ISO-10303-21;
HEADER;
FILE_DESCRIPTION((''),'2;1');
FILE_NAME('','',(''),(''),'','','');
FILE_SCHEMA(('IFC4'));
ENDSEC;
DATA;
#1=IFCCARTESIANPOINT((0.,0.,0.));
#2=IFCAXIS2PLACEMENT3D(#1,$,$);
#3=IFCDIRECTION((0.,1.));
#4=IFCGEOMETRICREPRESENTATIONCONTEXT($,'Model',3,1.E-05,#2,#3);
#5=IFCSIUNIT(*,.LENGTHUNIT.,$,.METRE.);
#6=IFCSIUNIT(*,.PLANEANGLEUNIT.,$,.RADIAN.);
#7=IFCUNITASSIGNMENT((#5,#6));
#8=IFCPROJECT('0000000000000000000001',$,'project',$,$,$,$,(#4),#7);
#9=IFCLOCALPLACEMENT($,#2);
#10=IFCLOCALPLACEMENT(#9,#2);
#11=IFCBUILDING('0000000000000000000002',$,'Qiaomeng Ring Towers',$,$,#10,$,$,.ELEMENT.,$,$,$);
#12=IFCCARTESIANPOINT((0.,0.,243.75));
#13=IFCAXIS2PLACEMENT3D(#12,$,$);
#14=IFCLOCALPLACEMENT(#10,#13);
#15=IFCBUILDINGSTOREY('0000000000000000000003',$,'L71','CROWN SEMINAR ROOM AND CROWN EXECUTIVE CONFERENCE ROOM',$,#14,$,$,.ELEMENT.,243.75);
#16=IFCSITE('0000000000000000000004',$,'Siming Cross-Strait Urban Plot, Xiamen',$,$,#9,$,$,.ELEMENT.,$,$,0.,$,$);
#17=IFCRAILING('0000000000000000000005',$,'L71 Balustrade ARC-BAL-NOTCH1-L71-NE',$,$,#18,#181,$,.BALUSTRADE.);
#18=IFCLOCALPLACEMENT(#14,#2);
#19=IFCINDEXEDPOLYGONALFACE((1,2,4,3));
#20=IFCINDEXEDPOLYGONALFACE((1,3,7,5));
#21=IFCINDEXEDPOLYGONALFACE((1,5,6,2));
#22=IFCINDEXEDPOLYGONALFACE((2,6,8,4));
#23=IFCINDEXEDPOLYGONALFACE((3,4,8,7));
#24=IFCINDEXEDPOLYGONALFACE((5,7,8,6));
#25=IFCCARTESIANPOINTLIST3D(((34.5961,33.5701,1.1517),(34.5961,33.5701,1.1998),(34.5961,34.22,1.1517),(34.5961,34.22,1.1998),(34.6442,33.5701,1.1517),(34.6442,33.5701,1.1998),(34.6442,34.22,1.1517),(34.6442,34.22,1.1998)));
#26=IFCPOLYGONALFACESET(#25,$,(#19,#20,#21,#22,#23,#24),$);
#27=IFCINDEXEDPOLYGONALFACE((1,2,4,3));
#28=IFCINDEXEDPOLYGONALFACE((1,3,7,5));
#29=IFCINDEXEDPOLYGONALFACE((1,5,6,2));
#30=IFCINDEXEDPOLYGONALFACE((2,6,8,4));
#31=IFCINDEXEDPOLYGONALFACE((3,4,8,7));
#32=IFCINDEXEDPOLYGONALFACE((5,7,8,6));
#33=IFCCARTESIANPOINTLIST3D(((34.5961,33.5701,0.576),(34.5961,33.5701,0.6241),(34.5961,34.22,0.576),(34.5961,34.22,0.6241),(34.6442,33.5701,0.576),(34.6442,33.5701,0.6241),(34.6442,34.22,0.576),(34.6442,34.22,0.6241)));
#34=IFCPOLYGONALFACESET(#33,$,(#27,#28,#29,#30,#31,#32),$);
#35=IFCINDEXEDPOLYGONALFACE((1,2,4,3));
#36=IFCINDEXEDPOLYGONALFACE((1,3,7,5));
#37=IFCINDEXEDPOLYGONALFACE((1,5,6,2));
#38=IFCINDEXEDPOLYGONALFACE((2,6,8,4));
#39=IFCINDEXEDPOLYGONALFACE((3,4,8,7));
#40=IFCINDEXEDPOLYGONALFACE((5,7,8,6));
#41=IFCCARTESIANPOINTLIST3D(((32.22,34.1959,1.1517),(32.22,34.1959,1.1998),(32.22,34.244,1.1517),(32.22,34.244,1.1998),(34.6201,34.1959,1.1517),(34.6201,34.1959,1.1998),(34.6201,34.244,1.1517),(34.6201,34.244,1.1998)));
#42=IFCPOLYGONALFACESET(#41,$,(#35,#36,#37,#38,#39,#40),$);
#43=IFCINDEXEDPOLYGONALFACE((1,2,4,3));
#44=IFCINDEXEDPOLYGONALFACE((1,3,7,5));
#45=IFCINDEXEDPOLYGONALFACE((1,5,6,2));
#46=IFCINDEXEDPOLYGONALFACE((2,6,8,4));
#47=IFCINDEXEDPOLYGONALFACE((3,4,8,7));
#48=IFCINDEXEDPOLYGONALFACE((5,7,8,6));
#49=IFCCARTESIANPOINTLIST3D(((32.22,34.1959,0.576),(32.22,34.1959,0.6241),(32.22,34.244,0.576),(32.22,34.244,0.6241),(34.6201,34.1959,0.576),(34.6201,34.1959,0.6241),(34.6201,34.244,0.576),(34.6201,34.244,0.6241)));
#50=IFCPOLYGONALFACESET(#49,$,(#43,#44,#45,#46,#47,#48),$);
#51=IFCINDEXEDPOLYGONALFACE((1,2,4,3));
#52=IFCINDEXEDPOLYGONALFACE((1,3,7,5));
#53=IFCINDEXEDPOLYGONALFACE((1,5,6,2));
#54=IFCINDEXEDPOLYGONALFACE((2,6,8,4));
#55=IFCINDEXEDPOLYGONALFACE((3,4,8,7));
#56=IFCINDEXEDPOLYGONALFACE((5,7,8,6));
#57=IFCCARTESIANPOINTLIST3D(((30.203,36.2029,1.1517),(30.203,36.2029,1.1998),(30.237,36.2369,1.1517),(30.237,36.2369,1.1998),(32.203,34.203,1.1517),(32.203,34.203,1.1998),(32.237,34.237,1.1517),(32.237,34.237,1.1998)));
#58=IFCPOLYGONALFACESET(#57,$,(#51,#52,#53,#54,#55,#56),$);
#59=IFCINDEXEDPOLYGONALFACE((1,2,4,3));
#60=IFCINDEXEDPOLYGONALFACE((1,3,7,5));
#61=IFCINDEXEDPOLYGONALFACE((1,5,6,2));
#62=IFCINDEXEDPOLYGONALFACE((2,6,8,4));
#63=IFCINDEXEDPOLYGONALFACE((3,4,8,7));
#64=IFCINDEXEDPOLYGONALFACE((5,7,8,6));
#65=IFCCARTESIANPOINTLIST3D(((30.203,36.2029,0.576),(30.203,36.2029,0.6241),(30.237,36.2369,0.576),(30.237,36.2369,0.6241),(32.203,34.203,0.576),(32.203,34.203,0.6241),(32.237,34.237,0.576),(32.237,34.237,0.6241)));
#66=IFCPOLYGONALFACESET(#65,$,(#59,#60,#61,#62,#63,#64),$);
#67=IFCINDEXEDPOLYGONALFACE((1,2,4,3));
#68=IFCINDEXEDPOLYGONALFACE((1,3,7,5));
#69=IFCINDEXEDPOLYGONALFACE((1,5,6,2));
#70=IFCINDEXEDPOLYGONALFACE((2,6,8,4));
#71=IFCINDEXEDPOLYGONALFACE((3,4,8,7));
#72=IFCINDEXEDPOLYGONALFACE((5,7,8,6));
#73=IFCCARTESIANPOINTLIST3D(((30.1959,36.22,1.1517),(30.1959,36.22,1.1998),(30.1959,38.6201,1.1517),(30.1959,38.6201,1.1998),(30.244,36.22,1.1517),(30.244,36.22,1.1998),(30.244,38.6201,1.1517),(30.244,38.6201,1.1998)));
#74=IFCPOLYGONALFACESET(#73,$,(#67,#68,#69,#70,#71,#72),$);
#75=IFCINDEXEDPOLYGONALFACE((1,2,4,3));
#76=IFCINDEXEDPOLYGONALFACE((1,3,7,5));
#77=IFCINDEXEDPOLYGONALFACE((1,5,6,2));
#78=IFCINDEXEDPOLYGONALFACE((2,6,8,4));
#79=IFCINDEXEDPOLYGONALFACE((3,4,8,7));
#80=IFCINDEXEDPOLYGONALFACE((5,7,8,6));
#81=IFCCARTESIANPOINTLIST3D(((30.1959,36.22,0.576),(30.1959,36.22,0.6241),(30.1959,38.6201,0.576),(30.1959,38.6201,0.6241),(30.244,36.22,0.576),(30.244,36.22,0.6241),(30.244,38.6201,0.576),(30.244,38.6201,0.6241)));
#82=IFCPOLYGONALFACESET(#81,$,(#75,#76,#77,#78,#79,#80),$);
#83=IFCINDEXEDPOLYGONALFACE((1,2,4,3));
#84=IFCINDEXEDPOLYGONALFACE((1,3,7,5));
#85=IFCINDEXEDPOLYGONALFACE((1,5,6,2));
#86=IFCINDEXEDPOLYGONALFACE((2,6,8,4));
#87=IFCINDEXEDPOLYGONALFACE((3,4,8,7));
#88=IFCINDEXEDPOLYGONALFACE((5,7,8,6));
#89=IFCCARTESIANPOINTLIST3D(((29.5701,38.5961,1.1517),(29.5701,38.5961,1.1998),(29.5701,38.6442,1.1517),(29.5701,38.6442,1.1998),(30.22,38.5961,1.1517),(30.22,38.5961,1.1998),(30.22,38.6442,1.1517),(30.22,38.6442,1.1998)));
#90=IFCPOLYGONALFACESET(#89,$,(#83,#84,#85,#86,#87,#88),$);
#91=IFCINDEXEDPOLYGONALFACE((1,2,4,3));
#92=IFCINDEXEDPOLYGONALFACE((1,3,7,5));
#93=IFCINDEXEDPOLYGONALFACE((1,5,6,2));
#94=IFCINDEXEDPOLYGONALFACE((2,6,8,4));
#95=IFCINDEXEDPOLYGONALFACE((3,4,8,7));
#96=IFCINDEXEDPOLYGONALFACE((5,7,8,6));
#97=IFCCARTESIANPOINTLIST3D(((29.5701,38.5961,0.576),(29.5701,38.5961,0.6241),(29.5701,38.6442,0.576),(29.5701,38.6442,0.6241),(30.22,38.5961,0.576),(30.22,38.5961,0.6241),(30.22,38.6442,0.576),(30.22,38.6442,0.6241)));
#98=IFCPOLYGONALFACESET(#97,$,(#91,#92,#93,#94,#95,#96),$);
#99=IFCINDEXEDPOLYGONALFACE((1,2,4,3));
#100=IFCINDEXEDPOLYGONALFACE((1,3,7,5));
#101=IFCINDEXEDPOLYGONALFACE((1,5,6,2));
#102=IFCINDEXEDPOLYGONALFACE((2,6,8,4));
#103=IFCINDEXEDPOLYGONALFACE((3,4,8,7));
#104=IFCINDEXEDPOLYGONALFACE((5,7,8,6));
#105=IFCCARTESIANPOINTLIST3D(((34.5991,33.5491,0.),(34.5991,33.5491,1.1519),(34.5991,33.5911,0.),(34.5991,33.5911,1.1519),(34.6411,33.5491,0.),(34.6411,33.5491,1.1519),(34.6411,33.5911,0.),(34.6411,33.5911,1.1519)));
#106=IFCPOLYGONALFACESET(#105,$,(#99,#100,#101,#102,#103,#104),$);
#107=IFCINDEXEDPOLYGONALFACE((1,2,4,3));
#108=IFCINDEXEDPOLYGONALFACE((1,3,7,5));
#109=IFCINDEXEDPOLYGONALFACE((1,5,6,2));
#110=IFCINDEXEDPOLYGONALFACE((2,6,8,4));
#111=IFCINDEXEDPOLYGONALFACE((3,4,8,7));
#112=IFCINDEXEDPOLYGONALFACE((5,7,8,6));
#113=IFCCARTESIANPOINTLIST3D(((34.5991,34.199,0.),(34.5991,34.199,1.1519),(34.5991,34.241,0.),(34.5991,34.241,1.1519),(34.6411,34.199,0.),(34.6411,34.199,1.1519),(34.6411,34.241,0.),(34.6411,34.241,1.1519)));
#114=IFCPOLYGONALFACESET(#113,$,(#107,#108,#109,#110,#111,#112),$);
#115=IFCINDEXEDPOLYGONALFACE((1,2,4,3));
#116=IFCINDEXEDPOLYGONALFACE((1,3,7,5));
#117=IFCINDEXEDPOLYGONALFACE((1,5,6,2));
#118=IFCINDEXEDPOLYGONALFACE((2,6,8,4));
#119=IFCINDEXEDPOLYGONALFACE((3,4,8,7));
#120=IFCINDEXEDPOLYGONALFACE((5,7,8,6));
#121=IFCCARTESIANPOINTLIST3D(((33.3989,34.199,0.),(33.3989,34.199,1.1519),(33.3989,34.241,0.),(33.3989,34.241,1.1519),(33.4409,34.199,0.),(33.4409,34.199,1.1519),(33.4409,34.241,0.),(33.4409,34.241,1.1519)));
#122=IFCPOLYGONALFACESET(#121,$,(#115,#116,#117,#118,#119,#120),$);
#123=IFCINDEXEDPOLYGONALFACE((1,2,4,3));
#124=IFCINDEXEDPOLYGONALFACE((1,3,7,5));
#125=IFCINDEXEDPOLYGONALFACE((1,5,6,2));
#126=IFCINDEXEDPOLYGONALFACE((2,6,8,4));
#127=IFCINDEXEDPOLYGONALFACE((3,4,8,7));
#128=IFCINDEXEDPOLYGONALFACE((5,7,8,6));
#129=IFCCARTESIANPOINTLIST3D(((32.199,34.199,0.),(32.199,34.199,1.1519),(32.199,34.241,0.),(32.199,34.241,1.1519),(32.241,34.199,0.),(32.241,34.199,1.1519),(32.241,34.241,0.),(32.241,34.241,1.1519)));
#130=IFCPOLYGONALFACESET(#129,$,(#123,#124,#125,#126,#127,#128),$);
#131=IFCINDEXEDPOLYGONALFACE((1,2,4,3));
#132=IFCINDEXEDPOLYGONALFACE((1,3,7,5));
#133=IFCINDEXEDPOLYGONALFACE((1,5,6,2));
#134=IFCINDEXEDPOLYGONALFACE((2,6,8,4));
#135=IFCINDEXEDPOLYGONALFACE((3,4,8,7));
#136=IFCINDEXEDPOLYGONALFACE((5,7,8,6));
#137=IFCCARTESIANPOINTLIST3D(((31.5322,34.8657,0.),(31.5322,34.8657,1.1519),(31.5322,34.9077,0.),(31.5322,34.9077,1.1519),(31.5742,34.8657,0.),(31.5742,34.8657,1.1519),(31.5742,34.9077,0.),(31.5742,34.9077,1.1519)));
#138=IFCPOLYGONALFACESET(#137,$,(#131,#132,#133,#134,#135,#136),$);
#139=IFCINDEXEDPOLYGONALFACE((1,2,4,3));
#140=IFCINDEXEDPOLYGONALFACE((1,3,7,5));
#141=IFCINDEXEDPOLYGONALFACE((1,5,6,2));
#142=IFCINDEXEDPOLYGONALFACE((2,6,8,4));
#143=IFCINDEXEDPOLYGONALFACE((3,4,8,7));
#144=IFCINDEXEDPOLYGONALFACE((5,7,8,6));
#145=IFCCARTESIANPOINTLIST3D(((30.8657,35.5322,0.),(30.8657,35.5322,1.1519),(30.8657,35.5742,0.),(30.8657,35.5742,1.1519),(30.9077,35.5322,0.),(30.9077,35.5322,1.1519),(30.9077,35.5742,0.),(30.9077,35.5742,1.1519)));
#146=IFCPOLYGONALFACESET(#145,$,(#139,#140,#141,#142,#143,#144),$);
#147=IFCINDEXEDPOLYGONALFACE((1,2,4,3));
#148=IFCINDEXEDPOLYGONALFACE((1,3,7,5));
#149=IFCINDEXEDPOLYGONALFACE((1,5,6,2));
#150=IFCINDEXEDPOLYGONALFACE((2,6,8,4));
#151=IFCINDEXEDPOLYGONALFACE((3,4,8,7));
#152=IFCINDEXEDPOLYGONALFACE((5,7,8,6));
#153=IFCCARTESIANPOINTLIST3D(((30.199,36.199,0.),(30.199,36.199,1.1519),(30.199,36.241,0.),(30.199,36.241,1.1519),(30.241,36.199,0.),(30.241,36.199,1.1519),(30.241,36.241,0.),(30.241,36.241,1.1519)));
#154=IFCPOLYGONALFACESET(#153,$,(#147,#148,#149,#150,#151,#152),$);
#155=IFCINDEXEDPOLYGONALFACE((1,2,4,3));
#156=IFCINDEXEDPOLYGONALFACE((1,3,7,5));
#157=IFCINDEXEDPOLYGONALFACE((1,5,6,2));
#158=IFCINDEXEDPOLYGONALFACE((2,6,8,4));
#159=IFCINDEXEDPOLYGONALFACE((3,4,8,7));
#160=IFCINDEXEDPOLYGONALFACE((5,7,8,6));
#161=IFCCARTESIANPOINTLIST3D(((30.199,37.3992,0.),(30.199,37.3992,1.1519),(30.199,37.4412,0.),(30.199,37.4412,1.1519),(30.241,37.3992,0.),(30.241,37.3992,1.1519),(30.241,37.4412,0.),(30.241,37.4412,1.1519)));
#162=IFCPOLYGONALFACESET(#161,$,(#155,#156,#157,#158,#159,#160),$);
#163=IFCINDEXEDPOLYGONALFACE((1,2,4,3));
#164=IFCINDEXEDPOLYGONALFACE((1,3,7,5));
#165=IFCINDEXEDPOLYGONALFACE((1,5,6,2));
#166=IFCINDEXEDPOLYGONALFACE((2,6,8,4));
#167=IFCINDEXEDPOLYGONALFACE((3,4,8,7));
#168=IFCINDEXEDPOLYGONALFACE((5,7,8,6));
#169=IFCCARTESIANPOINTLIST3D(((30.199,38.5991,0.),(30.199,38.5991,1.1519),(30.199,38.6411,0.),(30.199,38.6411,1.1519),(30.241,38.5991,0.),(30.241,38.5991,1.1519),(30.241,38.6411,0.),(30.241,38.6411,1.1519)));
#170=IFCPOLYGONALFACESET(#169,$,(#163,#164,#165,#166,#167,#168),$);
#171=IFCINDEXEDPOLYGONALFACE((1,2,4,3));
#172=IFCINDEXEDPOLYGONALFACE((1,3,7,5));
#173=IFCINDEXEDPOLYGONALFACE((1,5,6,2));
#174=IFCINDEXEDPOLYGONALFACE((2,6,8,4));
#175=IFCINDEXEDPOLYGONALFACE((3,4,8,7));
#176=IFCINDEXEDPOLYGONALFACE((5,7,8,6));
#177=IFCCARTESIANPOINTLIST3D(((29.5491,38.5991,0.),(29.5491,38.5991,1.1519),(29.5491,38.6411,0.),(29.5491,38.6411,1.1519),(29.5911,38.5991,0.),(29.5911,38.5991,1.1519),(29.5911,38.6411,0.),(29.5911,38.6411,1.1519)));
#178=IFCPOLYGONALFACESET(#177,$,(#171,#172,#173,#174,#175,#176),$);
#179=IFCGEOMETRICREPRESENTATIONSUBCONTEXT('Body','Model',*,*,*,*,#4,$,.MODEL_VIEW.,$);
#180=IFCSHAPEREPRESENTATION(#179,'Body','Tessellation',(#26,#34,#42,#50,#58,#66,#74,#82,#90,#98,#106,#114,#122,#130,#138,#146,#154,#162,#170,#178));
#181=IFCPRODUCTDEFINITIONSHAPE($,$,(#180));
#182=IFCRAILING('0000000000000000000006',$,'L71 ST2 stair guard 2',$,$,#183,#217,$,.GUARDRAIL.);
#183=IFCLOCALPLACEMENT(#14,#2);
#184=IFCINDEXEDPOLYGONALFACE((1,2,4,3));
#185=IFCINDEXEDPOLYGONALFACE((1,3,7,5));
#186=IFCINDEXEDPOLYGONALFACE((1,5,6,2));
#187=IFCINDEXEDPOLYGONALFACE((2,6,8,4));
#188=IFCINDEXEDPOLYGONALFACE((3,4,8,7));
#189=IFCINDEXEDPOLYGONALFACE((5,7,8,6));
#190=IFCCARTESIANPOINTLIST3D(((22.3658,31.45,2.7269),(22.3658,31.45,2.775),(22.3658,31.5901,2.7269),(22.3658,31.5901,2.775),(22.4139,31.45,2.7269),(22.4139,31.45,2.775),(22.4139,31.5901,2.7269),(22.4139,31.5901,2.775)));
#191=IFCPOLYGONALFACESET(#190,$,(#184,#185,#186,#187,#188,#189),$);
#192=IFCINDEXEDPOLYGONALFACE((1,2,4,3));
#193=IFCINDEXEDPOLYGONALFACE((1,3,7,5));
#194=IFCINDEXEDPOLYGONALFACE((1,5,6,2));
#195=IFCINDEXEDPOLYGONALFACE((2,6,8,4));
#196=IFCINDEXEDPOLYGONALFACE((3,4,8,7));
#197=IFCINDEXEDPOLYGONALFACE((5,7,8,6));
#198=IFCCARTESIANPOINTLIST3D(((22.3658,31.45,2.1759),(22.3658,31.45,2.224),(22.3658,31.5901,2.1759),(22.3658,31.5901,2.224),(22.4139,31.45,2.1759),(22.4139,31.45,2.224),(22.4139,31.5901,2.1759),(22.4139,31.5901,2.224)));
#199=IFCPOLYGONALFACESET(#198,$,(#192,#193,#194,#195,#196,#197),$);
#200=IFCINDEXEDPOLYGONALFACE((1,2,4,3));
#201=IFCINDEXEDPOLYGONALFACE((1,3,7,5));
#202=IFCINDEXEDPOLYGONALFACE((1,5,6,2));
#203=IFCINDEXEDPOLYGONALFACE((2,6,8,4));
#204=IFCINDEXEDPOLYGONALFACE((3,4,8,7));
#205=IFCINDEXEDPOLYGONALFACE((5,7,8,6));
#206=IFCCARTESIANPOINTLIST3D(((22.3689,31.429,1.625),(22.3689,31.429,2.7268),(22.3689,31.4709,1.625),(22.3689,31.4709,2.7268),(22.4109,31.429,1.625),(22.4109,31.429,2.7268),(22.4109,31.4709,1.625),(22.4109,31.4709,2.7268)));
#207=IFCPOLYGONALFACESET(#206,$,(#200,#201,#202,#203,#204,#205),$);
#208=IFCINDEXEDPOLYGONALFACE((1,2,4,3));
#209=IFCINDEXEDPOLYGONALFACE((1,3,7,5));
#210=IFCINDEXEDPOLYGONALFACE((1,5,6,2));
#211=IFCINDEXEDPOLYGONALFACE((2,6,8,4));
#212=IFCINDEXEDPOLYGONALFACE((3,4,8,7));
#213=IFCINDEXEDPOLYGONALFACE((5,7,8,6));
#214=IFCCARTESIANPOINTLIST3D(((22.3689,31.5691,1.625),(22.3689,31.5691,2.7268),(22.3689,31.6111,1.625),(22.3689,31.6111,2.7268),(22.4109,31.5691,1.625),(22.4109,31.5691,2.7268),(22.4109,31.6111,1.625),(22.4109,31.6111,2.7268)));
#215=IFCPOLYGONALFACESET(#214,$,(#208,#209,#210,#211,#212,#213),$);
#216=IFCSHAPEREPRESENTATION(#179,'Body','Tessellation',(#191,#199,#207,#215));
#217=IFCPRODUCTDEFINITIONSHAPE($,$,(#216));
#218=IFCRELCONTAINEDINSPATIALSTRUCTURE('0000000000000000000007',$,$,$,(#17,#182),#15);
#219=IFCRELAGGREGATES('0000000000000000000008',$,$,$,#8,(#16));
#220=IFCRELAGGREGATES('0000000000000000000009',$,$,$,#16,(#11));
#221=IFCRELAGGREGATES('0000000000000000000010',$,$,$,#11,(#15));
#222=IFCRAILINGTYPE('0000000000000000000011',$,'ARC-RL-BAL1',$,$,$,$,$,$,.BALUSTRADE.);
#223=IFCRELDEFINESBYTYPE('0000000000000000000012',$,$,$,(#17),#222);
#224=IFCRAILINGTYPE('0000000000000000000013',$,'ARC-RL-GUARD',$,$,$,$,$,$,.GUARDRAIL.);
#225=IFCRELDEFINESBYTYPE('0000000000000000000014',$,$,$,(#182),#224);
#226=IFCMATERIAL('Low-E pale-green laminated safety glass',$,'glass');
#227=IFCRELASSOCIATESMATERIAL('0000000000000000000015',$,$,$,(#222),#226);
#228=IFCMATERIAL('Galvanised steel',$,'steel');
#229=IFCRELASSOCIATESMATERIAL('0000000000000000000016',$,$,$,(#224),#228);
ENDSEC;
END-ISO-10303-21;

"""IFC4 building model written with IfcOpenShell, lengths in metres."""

from ifc_helpers import new_model, si_unit, direction, frame, origin, origin_2d, place, context, subcontext, project, spatial, rectangle, extrude, material, type_object, element, save


model = new_model("IFC4")

# Units and contexts
model_context = context("Model", 3, precision=1e-05, world=origin(), true_north=direction((0.0, 1.0)))
body_context = subcontext(model_context, "Body", "Model", "MODEL_VIEW")
ifc_project = project(units=[si_unit("LENGTHUNIT", "METRE"), si_unit("PLANEANGLEUNIT", "RADIAN")], contexts=[model_context])

# Site, building, storey
site_placement = place(None, origin())
site = spatial("IfcSite", under=ifc_project, at=site_placement, Name="Siming Cross-Strait Urban Plot, Xiamen", CompositionType="ELEMENT", RefElevation=0.0)
building_placement = place(site_placement, origin())
building = spatial("IfcBuilding", under=site, at=building_placement, Name="Qiaomeng Ring Towers", CompositionType="ELEMENT")
storey_placement = place(building_placement, frame((0.0, 0.0, 243.75)))
storey = spatial("IfcBuildingStorey", under=building, at=storey_placement, Name="L71", Description="CROWN SEMINAR ROOM AND CROWN EXECUTIVE CONFERENCE ROOM", CompositionType="ELEMENT", Elevation=243.75)

# Railings
ifc_material_1 = material(Name="Low-E pale-green laminated safety glass", Category="glass")
railing_type_1 = type_object("IfcRailingType", Name="ARC-RL-BAL1", PredefinedType="BALUSTRADE", material=ifc_material_1)
railing_1_placement = place(storey_placement, frame((34.6201, 33.5701, 0.0)))
element("IfcRailing", 1, at=railing_1_placement, inside=storey, type_object=railing_type_1, Name="L71 Balustrade ARC-BAL-NOTCH1-L71-NE", PredefinedType="BALUSTRADE", context=body_context, shape_type="SweptSolid", body=[
    extrude(rectangle(XDim=0.0481, YDim=0.0481, at=origin_2d()), frame((0.0, 0.0, 1.1758), z_axis=(0.0, 1.0, 0.0), x_axis=(-1.0, 0.0, 0.0)), (0.0, 0.0, 1.0), 0.6499),
    extrude(rectangle(XDim=0.0481, YDim=0.0481, at=origin_2d()), frame((0.0, 0.0, 0.6001), z_axis=(0.0, 1.0, 0.0), x_axis=(-1.0, 0.0, 0.0)), (0.0, 0.0, 1.0), 0.6499),
    extrude(rectangle(XDim=0.0481, YDim=0.0481, at=origin_2d()), frame((0.0, 0.6499, 1.1758), z_axis=(-1.0, 0.0, 0.0), x_axis=(0.0, -1.0, 0.0)), (0.0, 0.0, 1.0), 2.4001),
    extrude(rectangle(XDim=0.0481, YDim=0.0481, at=origin_2d()), frame((0.0, 0.6499, 0.6001), z_axis=(-1.0, 0.0, 0.0), x_axis=(0.0, -1.0, 0.0)), (0.0, 0.0, 1.0), 2.4001),
    extrude(rectangle(XDim=0.0481, YDim=0.0481, at=origin_2d()), frame((-2.4001, 0.6499, 1.1758), z_axis=(-0.707107, 0.707107, 0.0), x_axis=(-0.707107, -0.707107, 0.0)), (0.0, 0.0, 1.0), 2.8284),
    extrude(rectangle(XDim=0.0481, YDim=0.0481, at=origin_2d()), frame((-2.4001, 0.6499, 0.6001), z_axis=(-0.707107, 0.707107, 0.0), x_axis=(-0.707107, -0.707107, 0.0)), (0.0, 0.0, 1.0), 2.8284),
    extrude(rectangle(XDim=0.0481, YDim=0.0481, at=origin_2d()), frame((-4.4001, 2.6499, 1.1758), z_axis=(0.0, 1.0, 0.0), x_axis=(-1.0, 0.0, 0.0)), (0.0, 0.0, 1.0), 2.4001),
    extrude(rectangle(XDim=0.0481, YDim=0.0481, at=origin_2d()), frame((-4.4001, 2.6499, 0.6001), z_axis=(0.0, 1.0, 0.0), x_axis=(-1.0, 0.0, 0.0)), (0.0, 0.0, 1.0), 2.4001),
    extrude(rectangle(XDim=0.0481, YDim=0.0481, at=origin_2d()), frame((-4.4001, 5.05, 1.1758), z_axis=(-1.0, 0.0, 0.0), x_axis=(0.0, -1.0, 0.0)), (0.0, 0.0, 1.0), 0.6499),
    extrude(rectangle(XDim=0.0481, YDim=0.0481, at=origin_2d()), frame((-4.4001, 5.05, 0.6001), z_axis=(-1.0, 0.0, 0.0), x_axis=(0.0, -1.0, 0.0)), (0.0, 0.0, 1.0), 0.6499),
    extrude(rectangle(XDim=0.042, YDim=0.042, at=origin_2d()), origin(), (0.0, 0.0, 1.0), 1.1519),
    extrude(rectangle(XDim=0.042, YDim=0.042, at=origin_2d()), frame((0.0, 0.6499, 0.0)), (0.0, 0.0, 1.0), 1.1519),
    extrude(rectangle(XDim=0.042, YDim=0.042, at=origin_2d()), frame((-1.2002, 0.6499, 0.0)), (0.0, 0.0, 1.0), 1.1519),
    extrude(rectangle(XDim=0.042, YDim=0.042, at=origin_2d()), frame((-2.4001, 0.6499, 0.0)), (0.0, 0.0, 1.0), 1.1519),
    extrude(rectangle(XDim=0.042, YDim=0.042, at=origin_2d()), frame((-3.0669, 1.3167, 0.0)), (0.0, 0.0, 1.0), 1.1519),
    extrude(rectangle(XDim=0.042, YDim=0.042, at=origin_2d()), frame((-3.7334, 1.9832, 0.0)), (0.0, 0.0, 1.0), 1.1519),
    extrude(rectangle(XDim=0.042, YDim=0.042, at=origin_2d()), frame((-4.4001, 2.6499, 0.0)), (0.0, 0.0, 1.0), 1.1519),
    extrude(rectangle(XDim=0.042, YDim=0.042, at=origin_2d()), frame((-4.4001, 3.8501, 0.0)), (0.0, 0.0, 1.0), 1.1519),
    extrude(rectangle(XDim=0.042, YDim=0.042, at=origin_2d()), frame((-4.4001, 5.05, 0.0)), (0.0, 0.0, 1.0), 1.1519),
    extrude(rectangle(XDim=0.042, YDim=0.042, at=origin_2d()), frame((-5.05, 5.05, 0.0)), (0.0, 0.0, 1.0), 1.1519),
])
ifc_material_2 = material(Name="Galvanised steel", Category="steel")
railing_type_2 = type_object("IfcRailingType", Name="ARC-RL-GUARD", PredefinedType="GUARDRAIL", material=ifc_material_2)
railing_2_placement = place(storey_placement, frame((22.3899, 31.45, 1.625)))
element("IfcRailing", 2, at=railing_2_placement, inside=storey, type_object=railing_type_2, Name="L71 ST2 stair guard 2", PredefinedType="GUARDRAIL", context=body_context, shape_type="SweptSolid", body=[
    extrude(rectangle(XDim=0.0481, YDim=0.0481, at=origin_2d()), frame((0.0, 0.0, 1.126), z_axis=(0.0, 1.0, 0.0), x_axis=(-1.0, 0.0, 0.0)), (0.0, 0.0, 1.0), 0.1401),
    extrude(rectangle(XDim=0.0481, YDim=0.0481, at=origin_2d()), frame((0.0, 0.0, 0.575), z_axis=(0.0, 1.0, 0.0), x_axis=(-1.0, 0.0, 0.0)), (0.0, 0.0, 1.0), 0.1401),
    extrude(rectangle(XDim=0.042, YDim=0.042, at=origin_2d()), origin(), (0.0, 0.0, 1.0), 1.1018),
    extrude(rectangle(XDim=0.042, YDim=0.042, at=origin_2d()), frame((0.0, 0.1401, 0.0)), (0.0, 0.0, 1.0), 1.1018),
])

save(model, "model.ifc")
